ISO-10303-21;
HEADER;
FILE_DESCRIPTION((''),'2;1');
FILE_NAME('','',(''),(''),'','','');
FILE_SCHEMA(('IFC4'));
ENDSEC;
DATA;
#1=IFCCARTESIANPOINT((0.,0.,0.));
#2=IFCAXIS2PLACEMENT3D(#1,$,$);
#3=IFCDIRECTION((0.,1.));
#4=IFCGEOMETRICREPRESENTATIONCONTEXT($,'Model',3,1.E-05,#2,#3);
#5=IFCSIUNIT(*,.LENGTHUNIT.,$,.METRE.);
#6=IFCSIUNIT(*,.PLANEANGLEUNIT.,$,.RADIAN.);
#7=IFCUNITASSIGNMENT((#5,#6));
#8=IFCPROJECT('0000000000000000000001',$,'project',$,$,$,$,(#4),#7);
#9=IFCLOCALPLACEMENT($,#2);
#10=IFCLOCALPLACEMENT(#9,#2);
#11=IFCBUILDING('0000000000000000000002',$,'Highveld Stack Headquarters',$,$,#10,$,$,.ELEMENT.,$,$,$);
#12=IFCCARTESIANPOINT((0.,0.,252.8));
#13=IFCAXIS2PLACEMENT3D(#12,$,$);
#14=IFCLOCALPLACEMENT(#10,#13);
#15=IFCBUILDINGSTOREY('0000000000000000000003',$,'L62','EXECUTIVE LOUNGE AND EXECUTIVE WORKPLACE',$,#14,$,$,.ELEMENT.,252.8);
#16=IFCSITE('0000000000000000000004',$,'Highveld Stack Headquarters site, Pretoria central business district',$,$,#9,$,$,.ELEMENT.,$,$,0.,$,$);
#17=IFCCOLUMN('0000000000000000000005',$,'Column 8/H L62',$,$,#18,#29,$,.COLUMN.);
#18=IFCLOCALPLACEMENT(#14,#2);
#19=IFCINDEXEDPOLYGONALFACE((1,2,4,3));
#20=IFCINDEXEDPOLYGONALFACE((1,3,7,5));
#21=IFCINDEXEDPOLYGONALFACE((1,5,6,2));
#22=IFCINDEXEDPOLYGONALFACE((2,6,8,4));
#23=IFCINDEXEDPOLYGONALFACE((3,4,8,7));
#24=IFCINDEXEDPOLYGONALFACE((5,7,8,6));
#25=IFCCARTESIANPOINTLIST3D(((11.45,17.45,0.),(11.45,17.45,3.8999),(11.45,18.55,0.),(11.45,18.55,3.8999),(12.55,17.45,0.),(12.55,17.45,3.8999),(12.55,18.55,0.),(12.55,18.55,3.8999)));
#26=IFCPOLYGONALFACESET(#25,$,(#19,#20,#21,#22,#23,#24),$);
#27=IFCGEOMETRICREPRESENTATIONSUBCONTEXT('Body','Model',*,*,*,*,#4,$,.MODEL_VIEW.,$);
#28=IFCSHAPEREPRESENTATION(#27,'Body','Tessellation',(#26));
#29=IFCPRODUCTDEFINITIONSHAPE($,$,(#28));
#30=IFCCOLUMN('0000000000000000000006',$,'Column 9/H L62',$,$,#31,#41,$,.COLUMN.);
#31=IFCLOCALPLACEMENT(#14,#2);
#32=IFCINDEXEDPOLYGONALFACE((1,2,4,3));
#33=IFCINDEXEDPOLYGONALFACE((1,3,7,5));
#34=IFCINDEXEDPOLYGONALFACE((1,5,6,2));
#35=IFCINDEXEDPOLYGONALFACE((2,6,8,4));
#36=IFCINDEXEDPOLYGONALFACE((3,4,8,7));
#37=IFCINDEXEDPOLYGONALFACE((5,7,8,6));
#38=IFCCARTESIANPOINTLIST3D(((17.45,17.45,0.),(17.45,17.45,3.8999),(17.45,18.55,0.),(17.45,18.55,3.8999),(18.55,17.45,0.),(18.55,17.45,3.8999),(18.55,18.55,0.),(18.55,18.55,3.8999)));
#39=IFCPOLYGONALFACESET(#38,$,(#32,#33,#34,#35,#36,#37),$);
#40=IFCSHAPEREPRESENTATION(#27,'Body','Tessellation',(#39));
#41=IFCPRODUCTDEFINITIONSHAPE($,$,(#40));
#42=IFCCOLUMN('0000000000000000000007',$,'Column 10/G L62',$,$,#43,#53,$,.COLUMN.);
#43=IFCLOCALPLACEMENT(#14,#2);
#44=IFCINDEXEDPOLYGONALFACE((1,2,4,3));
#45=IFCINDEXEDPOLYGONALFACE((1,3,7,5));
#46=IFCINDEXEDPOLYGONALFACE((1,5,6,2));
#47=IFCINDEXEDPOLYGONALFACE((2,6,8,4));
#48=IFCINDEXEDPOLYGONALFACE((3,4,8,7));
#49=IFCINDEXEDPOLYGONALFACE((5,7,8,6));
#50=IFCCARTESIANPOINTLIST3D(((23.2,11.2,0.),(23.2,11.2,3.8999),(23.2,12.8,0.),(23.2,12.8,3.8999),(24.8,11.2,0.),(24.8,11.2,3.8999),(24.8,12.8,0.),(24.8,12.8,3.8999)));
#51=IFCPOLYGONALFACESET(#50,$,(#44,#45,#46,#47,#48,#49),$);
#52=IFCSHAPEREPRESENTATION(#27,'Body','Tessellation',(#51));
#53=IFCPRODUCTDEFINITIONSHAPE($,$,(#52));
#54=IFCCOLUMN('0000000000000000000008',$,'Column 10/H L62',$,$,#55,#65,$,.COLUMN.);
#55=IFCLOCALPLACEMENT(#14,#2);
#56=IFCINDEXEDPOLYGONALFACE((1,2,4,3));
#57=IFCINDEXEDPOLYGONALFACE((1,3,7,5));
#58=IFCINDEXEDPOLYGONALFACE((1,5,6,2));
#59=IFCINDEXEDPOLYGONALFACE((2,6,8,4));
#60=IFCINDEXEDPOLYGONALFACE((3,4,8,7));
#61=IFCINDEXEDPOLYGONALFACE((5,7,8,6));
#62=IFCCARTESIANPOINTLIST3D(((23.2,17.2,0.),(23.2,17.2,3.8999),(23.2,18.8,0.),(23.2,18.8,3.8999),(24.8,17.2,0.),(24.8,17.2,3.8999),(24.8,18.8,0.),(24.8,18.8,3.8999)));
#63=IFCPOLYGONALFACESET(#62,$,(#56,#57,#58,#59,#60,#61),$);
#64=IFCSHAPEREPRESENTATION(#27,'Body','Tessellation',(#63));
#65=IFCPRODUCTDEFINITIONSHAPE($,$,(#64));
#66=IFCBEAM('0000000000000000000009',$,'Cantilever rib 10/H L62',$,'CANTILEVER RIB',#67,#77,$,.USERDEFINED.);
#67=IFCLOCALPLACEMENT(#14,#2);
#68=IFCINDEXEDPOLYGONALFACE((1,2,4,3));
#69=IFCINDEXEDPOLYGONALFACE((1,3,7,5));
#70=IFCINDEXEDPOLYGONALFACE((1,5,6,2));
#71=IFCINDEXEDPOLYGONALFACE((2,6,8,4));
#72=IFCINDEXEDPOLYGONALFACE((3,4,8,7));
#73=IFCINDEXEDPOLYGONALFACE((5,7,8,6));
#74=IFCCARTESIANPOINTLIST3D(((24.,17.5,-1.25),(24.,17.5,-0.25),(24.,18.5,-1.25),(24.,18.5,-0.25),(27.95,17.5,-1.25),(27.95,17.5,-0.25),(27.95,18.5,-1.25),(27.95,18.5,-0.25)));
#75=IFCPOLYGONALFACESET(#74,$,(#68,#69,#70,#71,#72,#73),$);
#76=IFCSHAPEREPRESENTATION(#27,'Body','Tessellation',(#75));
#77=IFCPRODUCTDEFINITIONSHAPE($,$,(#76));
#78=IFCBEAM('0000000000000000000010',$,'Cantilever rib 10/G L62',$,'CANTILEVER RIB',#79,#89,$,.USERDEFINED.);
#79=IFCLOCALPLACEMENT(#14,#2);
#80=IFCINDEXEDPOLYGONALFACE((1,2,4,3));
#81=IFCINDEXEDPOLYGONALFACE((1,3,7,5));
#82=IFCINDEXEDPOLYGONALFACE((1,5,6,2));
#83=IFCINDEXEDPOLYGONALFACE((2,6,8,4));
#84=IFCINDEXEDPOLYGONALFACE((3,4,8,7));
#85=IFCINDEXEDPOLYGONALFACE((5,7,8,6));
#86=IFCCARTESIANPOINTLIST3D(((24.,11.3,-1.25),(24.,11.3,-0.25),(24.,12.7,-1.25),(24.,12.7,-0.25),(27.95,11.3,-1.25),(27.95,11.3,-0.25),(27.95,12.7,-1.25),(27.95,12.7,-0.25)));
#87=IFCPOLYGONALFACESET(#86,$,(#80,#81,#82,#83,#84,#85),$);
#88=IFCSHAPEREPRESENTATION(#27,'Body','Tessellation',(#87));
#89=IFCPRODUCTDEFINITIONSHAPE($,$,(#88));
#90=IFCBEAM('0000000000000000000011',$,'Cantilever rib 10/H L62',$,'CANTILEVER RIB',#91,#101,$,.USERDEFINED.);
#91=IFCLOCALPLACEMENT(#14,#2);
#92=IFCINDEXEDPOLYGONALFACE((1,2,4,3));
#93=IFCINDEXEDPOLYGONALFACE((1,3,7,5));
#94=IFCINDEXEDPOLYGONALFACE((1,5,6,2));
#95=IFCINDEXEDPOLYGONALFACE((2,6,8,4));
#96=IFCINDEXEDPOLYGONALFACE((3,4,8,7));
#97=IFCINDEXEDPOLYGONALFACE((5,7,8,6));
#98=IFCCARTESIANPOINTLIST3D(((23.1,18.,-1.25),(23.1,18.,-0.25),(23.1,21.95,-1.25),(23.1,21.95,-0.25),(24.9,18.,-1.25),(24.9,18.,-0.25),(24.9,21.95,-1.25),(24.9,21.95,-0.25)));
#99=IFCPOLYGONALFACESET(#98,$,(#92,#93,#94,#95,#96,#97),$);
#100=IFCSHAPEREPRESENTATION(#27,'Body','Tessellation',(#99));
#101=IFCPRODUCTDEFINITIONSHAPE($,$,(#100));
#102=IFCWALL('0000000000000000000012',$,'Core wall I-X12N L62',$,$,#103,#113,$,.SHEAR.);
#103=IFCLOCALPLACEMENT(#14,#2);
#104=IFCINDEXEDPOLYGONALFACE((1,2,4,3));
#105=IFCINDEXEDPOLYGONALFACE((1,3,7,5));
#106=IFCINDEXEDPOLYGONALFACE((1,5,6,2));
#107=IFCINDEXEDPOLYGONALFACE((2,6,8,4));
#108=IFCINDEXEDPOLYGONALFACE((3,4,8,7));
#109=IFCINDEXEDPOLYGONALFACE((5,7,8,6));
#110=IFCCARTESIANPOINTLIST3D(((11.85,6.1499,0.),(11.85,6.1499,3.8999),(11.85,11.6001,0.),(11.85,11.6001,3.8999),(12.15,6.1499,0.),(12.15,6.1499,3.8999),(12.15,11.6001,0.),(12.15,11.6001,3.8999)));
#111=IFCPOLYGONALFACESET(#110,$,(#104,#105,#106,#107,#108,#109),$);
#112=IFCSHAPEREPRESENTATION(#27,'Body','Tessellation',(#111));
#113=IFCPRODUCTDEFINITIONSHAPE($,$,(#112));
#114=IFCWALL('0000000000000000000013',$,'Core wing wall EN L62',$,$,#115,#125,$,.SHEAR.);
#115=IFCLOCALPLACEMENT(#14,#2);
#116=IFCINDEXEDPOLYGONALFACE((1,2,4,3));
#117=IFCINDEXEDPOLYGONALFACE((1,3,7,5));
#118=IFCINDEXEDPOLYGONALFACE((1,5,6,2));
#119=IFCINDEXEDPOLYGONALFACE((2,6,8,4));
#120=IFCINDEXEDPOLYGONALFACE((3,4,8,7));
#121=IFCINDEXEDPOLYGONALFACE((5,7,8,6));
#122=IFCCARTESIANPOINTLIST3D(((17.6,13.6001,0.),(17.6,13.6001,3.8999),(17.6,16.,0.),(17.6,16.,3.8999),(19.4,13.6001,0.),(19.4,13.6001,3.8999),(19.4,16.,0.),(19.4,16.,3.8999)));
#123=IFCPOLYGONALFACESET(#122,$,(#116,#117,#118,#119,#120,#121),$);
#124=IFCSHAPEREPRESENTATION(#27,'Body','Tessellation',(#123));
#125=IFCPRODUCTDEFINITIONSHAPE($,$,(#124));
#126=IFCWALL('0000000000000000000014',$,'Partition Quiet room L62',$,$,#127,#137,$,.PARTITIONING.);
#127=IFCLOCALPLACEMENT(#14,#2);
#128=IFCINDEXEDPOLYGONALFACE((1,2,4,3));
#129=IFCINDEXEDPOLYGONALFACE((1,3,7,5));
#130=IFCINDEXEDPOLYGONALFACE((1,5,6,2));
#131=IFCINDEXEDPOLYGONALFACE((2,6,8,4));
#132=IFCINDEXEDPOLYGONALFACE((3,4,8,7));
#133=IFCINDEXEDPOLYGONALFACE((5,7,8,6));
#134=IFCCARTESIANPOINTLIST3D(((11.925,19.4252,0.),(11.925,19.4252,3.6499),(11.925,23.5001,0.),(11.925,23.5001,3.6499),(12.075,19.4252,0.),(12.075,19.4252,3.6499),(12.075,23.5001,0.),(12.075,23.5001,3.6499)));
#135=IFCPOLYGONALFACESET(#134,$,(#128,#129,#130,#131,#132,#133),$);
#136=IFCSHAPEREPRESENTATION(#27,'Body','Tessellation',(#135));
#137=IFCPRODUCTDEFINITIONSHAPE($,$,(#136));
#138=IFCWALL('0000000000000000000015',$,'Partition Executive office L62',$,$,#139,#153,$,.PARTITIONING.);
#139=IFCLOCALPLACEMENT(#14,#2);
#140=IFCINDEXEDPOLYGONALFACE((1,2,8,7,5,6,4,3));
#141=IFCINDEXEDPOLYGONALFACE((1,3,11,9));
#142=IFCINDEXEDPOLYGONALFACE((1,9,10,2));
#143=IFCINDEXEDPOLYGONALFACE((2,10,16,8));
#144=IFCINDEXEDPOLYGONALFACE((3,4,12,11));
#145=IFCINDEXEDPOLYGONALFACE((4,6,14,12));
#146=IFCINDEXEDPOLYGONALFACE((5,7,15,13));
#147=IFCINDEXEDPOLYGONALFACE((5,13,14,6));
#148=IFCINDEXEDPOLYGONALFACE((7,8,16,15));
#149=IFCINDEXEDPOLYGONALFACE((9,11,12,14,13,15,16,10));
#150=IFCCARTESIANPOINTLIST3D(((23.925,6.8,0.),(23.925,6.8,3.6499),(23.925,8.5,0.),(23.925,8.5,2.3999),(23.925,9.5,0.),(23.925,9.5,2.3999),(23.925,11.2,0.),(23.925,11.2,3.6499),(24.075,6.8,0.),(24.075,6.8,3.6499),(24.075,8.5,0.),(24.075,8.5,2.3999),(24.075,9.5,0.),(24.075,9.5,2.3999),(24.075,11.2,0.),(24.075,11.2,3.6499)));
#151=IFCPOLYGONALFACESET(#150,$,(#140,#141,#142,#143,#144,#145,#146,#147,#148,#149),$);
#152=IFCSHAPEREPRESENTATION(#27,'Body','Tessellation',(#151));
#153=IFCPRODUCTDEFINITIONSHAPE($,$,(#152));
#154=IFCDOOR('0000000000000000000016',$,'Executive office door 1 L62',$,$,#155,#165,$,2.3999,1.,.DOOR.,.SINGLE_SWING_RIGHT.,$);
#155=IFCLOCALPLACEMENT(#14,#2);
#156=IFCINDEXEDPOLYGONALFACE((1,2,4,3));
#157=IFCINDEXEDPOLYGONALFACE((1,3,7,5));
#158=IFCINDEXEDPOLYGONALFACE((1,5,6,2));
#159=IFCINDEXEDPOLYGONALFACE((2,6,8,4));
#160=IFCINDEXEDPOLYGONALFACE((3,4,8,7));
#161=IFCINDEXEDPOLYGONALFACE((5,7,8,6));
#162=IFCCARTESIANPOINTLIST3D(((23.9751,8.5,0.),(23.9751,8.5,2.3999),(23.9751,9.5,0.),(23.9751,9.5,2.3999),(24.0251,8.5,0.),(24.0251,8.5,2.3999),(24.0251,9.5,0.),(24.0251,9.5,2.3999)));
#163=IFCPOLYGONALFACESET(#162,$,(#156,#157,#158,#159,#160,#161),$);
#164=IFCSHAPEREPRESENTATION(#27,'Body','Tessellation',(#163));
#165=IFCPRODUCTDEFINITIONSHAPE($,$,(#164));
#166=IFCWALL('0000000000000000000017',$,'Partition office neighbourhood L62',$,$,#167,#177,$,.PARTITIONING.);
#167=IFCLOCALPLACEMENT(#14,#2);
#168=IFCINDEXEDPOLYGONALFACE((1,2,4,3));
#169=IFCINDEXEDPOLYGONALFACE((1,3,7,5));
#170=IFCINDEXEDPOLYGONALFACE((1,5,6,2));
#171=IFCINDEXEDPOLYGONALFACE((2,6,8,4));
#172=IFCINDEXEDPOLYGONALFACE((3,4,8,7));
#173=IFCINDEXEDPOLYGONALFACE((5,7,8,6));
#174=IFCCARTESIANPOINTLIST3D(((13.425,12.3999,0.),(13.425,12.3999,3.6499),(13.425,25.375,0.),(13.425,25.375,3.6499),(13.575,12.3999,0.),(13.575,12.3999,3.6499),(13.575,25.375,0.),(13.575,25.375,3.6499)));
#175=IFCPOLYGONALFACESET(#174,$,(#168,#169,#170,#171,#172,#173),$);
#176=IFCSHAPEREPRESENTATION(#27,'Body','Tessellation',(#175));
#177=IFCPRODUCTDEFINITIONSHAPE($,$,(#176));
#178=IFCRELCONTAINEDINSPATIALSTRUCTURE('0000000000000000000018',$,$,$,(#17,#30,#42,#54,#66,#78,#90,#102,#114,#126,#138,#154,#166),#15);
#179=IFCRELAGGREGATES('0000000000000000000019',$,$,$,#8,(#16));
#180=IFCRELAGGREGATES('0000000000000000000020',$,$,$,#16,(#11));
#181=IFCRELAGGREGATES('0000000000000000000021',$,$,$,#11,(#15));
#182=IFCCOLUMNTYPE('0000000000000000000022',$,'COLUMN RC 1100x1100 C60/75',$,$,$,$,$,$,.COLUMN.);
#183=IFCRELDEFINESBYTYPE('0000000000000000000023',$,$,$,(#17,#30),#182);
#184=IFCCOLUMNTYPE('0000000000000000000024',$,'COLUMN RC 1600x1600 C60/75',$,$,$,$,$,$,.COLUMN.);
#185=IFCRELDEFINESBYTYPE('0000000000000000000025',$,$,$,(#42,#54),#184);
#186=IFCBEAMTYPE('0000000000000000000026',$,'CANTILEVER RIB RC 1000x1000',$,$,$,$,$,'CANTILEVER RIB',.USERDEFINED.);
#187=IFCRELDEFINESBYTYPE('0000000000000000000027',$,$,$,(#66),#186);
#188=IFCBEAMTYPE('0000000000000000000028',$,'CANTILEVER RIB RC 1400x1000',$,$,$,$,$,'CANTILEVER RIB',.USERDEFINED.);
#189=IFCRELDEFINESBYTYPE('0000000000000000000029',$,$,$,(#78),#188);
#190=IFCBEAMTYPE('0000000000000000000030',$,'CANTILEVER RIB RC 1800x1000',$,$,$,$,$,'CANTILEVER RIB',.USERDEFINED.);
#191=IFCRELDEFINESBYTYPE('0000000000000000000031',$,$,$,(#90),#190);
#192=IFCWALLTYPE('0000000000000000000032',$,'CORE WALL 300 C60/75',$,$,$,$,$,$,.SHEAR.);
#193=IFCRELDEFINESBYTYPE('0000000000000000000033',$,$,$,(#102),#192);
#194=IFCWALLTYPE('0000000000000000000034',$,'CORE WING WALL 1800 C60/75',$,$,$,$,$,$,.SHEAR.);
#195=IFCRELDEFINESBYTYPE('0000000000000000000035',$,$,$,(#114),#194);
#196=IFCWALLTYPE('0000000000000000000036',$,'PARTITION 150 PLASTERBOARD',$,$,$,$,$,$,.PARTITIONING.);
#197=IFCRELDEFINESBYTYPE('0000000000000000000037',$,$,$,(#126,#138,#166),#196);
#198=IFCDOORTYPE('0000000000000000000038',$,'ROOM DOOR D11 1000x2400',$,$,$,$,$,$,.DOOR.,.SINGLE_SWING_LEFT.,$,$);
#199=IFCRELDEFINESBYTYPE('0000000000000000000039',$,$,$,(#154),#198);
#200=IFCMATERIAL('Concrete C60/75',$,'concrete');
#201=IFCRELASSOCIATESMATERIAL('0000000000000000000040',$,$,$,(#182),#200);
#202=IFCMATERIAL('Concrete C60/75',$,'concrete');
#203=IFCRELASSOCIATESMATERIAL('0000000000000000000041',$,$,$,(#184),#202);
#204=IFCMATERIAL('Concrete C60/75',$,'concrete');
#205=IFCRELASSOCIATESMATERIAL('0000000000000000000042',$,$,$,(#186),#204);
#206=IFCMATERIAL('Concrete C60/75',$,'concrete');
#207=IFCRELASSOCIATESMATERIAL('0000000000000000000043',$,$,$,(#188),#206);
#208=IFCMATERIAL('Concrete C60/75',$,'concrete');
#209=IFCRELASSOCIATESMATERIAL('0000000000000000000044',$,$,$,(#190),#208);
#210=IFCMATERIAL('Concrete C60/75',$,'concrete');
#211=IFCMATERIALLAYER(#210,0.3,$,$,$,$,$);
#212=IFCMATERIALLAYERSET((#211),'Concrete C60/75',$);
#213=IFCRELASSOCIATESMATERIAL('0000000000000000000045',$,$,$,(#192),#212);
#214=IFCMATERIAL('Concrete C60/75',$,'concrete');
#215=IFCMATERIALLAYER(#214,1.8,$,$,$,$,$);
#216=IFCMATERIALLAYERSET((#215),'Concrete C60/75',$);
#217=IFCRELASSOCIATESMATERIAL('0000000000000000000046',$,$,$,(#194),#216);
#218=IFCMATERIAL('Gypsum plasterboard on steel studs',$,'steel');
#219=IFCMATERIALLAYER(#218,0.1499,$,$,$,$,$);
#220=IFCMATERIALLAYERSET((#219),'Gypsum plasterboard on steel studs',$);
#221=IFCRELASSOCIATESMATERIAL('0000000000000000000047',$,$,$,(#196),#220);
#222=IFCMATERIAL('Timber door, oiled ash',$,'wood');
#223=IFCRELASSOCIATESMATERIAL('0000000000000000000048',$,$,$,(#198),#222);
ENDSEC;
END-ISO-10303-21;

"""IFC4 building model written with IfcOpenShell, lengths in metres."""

from ifc_helpers import new_model, si_unit, direction, frame, frame_2d, origin, origin_2d, place, context, subcontext, project, spatial, rectangle, extrude, material, layer, layer_set, material_profile, profile_set, type_object, element, fill, save


model = new_model("IFC4")

# Units and contexts
model_context = context("Model", 3, precision=1e-05, world=origin(), true_north=direction((0.0, 1.0)))
body_context = subcontext(model_context, "Body", "Model", "MODEL_VIEW")
ifc_project = project(units=[si_unit("LENGTHUNIT", "METRE"), si_unit("PLANEANGLEUNIT", "RADIAN")], contexts=[model_context])

# Site, building, storey
site_placement = place(None, origin())
site = spatial("IfcSite", under=ifc_project, at=site_placement, Name="Highveld Stack Headquarters site, Pretoria central business district", CompositionType="ELEMENT", RefElevation=0.0)
building_placement = place(site_placement, origin())
building = spatial("IfcBuilding", under=site, at=building_placement, Name="Highveld Stack Headquarters", CompositionType="ELEMENT")
storey_placement = place(building_placement, frame((0.0, 0.0, 252.8)))
storey = spatial("IfcBuildingStorey", under=building, at=storey_placement, Name="L62", Description="EXECUTIVE LOUNGE AND EXECUTIVE WORKPLACE", CompositionType="ELEMENT", Elevation=252.8)

# Columns
ifc_material_1 = material(Name="Concrete C60/75", Category="concrete")
ifc_material_profile_1 = material_profile(ifc_material_1, rectangle(XDim=1.1001, YDim=1.1001, at=origin_2d()), Name="RC 1100x1100")
ifc_profile_set_1 = profile_set([ifc_material_profile_1], Name="Concrete C60/75")
column_type_1 = type_object("IfcColumnType", Name="COLUMN RC 1100x1100 C60/75", PredefinedType="COLUMN", material=ifc_profile_set_1)
for number, where, z_axis, x_axis, name in (
    (1, (12.0, 18.0, 0.0), (0.0, 0.0, 1.0), (1.0, 0.0, 0.0), "Column 8/H L62"),
    (2, (18.0, 18.0, 0.0), (0.0, 0.0, 1.0), (1.0, 0.0, 0.0), "Column 9/H L62"),
):
    element("IfcColumn", number, at=place(storey_placement, frame(where, z_axis=z_axis, x_axis=x_axis)), inside=storey, type_object=column_type_1, Name=name, PredefinedType="COLUMN", context=body_context, shape_type="SweptSolid", body=[
        extrude(rectangle(XDim=1.1001, YDim=1.1001, at=origin_2d()), origin(), (0.0, 0.0, 1.0), 3.8999),
    ])
ifc_material_2 = material(Name="Concrete C60/75", Category="concrete")
ifc_material_profile_2 = material_profile(ifc_material_2, rectangle(XDim=1.6001, YDim=1.6001, at=origin_2d()), Name="RC 1600x1600")
ifc_profile_set_2 = profile_set([ifc_material_profile_2], Name="Concrete C60/75")
column_type_2 = type_object("IfcColumnType", Name="COLUMN RC 1600x1600 C60/75", PredefinedType="COLUMN", material=ifc_profile_set_2)
for number, where, z_axis, x_axis, name in (
    (3, (24.0, 12.0, 0.0), (0.0, 0.0, 1.0), (1.0, 0.0, 0.0), "Column 10/G L62"),
    (4, (24.0, 18.0, 0.0), (0.0, 0.0, 1.0), (1.0, 0.0, 0.0), "Column 10/H L62"),
):
    element("IfcColumn", number, at=place(storey_placement, frame(where, z_axis=z_axis, x_axis=x_axis)), inside=storey, type_object=column_type_2, Name=name, PredefinedType="COLUMN", context=body_context, shape_type="SweptSolid", body=[
        extrude(rectangle(XDim=1.6001, YDim=1.6001, at=origin_2d()), origin(), (0.0, 0.0, 1.0), 3.8999),
    ])

# Beams
ifc_material_3 = material(Name="Concrete C60/75", Category="concrete")
ifc_material_profile_3 = material_profile(ifc_material_3, rectangle(XDim=1.0, YDim=1.0, at=origin_2d()), Name="RC 1000x1000")
ifc_profile_set_3 = profile_set([ifc_material_profile_3], Name="Concrete C60/75")
beam_type_1 = type_object("IfcBeamType", Name="CANTILEVER RIB RC 1000x1000", ElementType="CANTILEVER RIB", PredefinedType="USERDEFINED", material=ifc_profile_set_3)
beam_1_placement = place(storey_placement, frame((24.0, 18.0, -0.75), z_axis=(1.0, 0.0, 0.0), x_axis=(0.0, 1.0, 0.0)))
element("IfcBeam", 5, at=beam_1_placement, inside=storey, type_object=beam_type_1, Name="Cantilever rib 10/H L62", ObjectType="CANTILEVER RIB", PredefinedType="USERDEFINED", context=body_context, shape_type="SweptSolid", body=[
    extrude(rectangle(XDim=1.0, YDim=1.0, at=origin_2d()), origin(), (0.0, 0.0, 1.0), 3.95),
])
ifc_material_4 = material(Name="Concrete C60/75", Category="concrete")
ifc_material_profile_4 = material_profile(ifc_material_4, rectangle(XDim=1.3999, YDim=1.0, at=origin_2d()), Name="RC 1400x1000")
ifc_profile_set_4 = profile_set([ifc_material_profile_4], Name="Concrete C60/75")
beam_type_2 = type_object("IfcBeamType", Name="CANTILEVER RIB RC 1400x1000", ElementType="CANTILEVER RIB", PredefinedType="USERDEFINED", material=ifc_profile_set_4)
beam_2_placement = place(storey_placement, frame((24.0, 12.0, -0.75), z_axis=(1.0, 0.0, 0.0), x_axis=(0.0, 1.0, 0.0)))
element("IfcBeam", 6, at=beam_2_placement, inside=storey, type_object=beam_type_2, Name="Cantilever rib 10/G L62", ObjectType="CANTILEVER RIB", PredefinedType="USERDEFINED", context=body_context, shape_type="SweptSolid", body=[
    extrude(rectangle(XDim=1.3999, YDim=1.0, at=origin_2d()), origin(), (0.0, 0.0, 1.0), 3.95),
])
ifc_material_5 = material(Name="Concrete C60/75", Category="concrete")
ifc_material_profile_5 = material_profile(ifc_material_5, rectangle(XDim=1.8, YDim=1.0, at=origin_2d()), Name="RC 1800x1000")
ifc_profile_set_5 = profile_set([ifc_material_profile_5], Name="Concrete C60/75")
beam_type_3 = type_object("IfcBeamType", Name="CANTILEVER RIB RC 1800x1000", ElementType="CANTILEVER RIB", PredefinedType="USERDEFINED", material=ifc_profile_set_5)
beam_3_placement = place(storey_placement, frame((24.0, 18.0, -0.75), z_axis=(0.0, 1.0, 0.0), x_axis=(-1.0, 0.0, 0.0)))
element("IfcBeam", 7, at=beam_3_placement, inside=storey, type_object=beam_type_3, Name="Cantilever rib 10/H L62", ObjectType="CANTILEVER RIB", PredefinedType="USERDEFINED", context=body_context, shape_type="SweptSolid", body=[
    extrude(rectangle(XDim=1.8, YDim=1.0, at=origin_2d()), origin(), (0.0, 0.0, 1.0), 3.95),
])

# Walls
ifc_material_6 = material(Name="Concrete C60/75", Category="concrete")
ifc_layer_1 = layer(ifc_material_6, 0.3)
ifc_layer_set_1 = layer_set([ifc_layer_1], Name="Concrete C60/75")
wall_type_1 = type_object("IfcWallType", Name="CORE WALL 300 C60/75", PredefinedType="SHEAR", material=ifc_layer_set_1)
wall_1_placement = place(storey_placement, frame((12.0, 6.1499, 0.0), z_axis=(0.0, 0.0, 1.0), x_axis=(0.0, 1.0, 0.0)))
element("IfcWall", 8, at=wall_1_placement, inside=storey, type_object=wall_type_1, Name="Core wall I-X12N L62", PredefinedType="SHEAR", context=body_context, shape_type="SweptSolid", body=[
    extrude(rectangle(XDim=5.4502, YDim=0.3, at=frame_2d((2.7251, 0.0))), origin(), (0.0, 0.0, 1.0), 3.8999),
])
ifc_material_7 = material(Name="Concrete C60/75", Category="concrete")
ifc_layer_2 = layer(ifc_material_7, 1.8)
ifc_layer_set_2 = layer_set([ifc_layer_2], Name="Concrete C60/75")
wall_type_2 = type_object("IfcWallType", Name="CORE WING WALL 1800 C60/75", PredefinedType="SHEAR", material=ifc_layer_set_2)
wall_2_placement = place(storey_placement, frame((18.5, 13.6001, 0.0), z_axis=(0.0, 0.0, 1.0), x_axis=(0.0, 1.0, 0.0)))
element("IfcWall", 9, at=wall_2_placement, inside=storey, type_object=wall_type_2, Name="Core wing wall EN L62", PredefinedType="SHEAR", context=body_context, shape_type="SweptSolid", body=[
    extrude(rectangle(XDim=2.3999, YDim=1.8, at=frame_2d((1.2, 0.0))), origin(), (0.0, 0.0, 1.0), 3.8999),
])
ifc_material_8 = material(Name="Gypsum plasterboard on steel studs", Category="steel")
ifc_layer_3 = layer(ifc_material_8, 0.1499)
ifc_layer_set_3 = layer_set([ifc_layer_3], Name="Gypsum plasterboard on steel studs")
wall_type_3 = type_object("IfcWallType", Name="PARTITION 150 PLASTERBOARD", PredefinedType="PARTITIONING", material=ifc_layer_set_3)
wall_3_placement = place(storey_placement, frame((12.0, 19.425, 0.0), z_axis=(0.0, 0.0, 1.0), x_axis=(0.0, 1.0, 0.0)))
element("IfcWall", 10, at=wall_3_placement, inside=storey, type_object=wall_type_3, Name="Partition Quiet room L62", PredefinedType="PARTITIONING", context=body_context, shape_type="SweptSolid", body=[
    extrude(rectangle(XDim=4.075, YDim=0.1499, at=frame_2d((2.0376, 0.0))), origin(), (0.0, 0.0, 1.0), 3.6499),
])

# Wall, opening, door
wall_4_placement = place(storey_placement, frame((24.0, 6.8, 0.0), z_axis=(0.0, 0.0, 1.0), x_axis=(0.0, 1.0, 0.0)))
wall_4 = element("IfcWall", 11, at=wall_4_placement, inside=storey, type_object=wall_type_3, Name="Partition Executive office L62", PredefinedType="PARTITIONING", context=body_context, shape_type="SweptSolid", body=[
    extrude(rectangle(XDim=4.3999, YDim=0.1499, at=frame_2d((2.2, 0.0))), origin(), (0.0, 0.0, 1.0), 3.6499),
])
opening_1_placement = place(wall_4_placement, frame((1.7, 0.0, 0.0)))
opening_1 = element("IfcOpeningElement", 12, at=opening_1_placement, cuts=wall_4, PredefinedType="OPENING", context=body_context, shape_type="SweptSolid", body=[
    extrude(rectangle(XDim=1.0, YDim=2.3999, at=frame_2d((0.5, 1.2))), frame((0.0, 0.085, 0.0), z_axis=(0.0, -1.0, 0.0), x_axis=(1.0, 0.0, 0.0)), (0.0, 0.0, 1.0), 0.1699),
])
ifc_material_9 = material(Name="Timber door, oiled ash", Category="wood")
door_type = type_object("IfcDoorType", Name="ROOM DOOR D11 1000x2400", OperationType="SINGLE_SWING_LEFT", PredefinedType="DOOR", material=ifc_material_9)
door_1_placement = place(opening_1_placement, origin())
door_1 = element("IfcDoor", 13, at=door_1_placement, inside=storey, type_object=door_type, Name="Executive office door 1 L62", OperationType="SINGLE_SWING_RIGHT", OverallHeight=2.3999, OverallWidth=1.0, PredefinedType="DOOR", context=body_context, shape_type="SweptSolid", body=[
    extrude(rectangle(XDim=1.0, YDim=2.3999, at=frame_2d((0.5, 1.2))), frame((0.0, 0.0249, 0.0), z_axis=(0.0, -1.0, 0.0), x_axis=(1.0, 0.0, 0.0)), (0.0, 0.0, 1.0), 0.05),
])
fill(opening_1, door_1)

# Wall
wall_5_placement = place(storey_placement, frame((13.5, 12.3999, 0.0), z_axis=(0.0, 0.0, 1.0), x_axis=(0.0, 1.0, 0.0)))
element("IfcWall", 14, at=wall_5_placement, inside=storey, type_object=wall_type_3, Name="Partition office neighbourhood L62", PredefinedType="PARTITIONING", context=body_context, shape_type="SweptSolid", body=[
    extrude(rectangle(XDim=12.9751, YDim=0.1499, at=frame_2d((6.4875, 0.0))), origin(), (0.0, 0.0, 1.0), 3.6499),
])

save(model, "model.ifc")
